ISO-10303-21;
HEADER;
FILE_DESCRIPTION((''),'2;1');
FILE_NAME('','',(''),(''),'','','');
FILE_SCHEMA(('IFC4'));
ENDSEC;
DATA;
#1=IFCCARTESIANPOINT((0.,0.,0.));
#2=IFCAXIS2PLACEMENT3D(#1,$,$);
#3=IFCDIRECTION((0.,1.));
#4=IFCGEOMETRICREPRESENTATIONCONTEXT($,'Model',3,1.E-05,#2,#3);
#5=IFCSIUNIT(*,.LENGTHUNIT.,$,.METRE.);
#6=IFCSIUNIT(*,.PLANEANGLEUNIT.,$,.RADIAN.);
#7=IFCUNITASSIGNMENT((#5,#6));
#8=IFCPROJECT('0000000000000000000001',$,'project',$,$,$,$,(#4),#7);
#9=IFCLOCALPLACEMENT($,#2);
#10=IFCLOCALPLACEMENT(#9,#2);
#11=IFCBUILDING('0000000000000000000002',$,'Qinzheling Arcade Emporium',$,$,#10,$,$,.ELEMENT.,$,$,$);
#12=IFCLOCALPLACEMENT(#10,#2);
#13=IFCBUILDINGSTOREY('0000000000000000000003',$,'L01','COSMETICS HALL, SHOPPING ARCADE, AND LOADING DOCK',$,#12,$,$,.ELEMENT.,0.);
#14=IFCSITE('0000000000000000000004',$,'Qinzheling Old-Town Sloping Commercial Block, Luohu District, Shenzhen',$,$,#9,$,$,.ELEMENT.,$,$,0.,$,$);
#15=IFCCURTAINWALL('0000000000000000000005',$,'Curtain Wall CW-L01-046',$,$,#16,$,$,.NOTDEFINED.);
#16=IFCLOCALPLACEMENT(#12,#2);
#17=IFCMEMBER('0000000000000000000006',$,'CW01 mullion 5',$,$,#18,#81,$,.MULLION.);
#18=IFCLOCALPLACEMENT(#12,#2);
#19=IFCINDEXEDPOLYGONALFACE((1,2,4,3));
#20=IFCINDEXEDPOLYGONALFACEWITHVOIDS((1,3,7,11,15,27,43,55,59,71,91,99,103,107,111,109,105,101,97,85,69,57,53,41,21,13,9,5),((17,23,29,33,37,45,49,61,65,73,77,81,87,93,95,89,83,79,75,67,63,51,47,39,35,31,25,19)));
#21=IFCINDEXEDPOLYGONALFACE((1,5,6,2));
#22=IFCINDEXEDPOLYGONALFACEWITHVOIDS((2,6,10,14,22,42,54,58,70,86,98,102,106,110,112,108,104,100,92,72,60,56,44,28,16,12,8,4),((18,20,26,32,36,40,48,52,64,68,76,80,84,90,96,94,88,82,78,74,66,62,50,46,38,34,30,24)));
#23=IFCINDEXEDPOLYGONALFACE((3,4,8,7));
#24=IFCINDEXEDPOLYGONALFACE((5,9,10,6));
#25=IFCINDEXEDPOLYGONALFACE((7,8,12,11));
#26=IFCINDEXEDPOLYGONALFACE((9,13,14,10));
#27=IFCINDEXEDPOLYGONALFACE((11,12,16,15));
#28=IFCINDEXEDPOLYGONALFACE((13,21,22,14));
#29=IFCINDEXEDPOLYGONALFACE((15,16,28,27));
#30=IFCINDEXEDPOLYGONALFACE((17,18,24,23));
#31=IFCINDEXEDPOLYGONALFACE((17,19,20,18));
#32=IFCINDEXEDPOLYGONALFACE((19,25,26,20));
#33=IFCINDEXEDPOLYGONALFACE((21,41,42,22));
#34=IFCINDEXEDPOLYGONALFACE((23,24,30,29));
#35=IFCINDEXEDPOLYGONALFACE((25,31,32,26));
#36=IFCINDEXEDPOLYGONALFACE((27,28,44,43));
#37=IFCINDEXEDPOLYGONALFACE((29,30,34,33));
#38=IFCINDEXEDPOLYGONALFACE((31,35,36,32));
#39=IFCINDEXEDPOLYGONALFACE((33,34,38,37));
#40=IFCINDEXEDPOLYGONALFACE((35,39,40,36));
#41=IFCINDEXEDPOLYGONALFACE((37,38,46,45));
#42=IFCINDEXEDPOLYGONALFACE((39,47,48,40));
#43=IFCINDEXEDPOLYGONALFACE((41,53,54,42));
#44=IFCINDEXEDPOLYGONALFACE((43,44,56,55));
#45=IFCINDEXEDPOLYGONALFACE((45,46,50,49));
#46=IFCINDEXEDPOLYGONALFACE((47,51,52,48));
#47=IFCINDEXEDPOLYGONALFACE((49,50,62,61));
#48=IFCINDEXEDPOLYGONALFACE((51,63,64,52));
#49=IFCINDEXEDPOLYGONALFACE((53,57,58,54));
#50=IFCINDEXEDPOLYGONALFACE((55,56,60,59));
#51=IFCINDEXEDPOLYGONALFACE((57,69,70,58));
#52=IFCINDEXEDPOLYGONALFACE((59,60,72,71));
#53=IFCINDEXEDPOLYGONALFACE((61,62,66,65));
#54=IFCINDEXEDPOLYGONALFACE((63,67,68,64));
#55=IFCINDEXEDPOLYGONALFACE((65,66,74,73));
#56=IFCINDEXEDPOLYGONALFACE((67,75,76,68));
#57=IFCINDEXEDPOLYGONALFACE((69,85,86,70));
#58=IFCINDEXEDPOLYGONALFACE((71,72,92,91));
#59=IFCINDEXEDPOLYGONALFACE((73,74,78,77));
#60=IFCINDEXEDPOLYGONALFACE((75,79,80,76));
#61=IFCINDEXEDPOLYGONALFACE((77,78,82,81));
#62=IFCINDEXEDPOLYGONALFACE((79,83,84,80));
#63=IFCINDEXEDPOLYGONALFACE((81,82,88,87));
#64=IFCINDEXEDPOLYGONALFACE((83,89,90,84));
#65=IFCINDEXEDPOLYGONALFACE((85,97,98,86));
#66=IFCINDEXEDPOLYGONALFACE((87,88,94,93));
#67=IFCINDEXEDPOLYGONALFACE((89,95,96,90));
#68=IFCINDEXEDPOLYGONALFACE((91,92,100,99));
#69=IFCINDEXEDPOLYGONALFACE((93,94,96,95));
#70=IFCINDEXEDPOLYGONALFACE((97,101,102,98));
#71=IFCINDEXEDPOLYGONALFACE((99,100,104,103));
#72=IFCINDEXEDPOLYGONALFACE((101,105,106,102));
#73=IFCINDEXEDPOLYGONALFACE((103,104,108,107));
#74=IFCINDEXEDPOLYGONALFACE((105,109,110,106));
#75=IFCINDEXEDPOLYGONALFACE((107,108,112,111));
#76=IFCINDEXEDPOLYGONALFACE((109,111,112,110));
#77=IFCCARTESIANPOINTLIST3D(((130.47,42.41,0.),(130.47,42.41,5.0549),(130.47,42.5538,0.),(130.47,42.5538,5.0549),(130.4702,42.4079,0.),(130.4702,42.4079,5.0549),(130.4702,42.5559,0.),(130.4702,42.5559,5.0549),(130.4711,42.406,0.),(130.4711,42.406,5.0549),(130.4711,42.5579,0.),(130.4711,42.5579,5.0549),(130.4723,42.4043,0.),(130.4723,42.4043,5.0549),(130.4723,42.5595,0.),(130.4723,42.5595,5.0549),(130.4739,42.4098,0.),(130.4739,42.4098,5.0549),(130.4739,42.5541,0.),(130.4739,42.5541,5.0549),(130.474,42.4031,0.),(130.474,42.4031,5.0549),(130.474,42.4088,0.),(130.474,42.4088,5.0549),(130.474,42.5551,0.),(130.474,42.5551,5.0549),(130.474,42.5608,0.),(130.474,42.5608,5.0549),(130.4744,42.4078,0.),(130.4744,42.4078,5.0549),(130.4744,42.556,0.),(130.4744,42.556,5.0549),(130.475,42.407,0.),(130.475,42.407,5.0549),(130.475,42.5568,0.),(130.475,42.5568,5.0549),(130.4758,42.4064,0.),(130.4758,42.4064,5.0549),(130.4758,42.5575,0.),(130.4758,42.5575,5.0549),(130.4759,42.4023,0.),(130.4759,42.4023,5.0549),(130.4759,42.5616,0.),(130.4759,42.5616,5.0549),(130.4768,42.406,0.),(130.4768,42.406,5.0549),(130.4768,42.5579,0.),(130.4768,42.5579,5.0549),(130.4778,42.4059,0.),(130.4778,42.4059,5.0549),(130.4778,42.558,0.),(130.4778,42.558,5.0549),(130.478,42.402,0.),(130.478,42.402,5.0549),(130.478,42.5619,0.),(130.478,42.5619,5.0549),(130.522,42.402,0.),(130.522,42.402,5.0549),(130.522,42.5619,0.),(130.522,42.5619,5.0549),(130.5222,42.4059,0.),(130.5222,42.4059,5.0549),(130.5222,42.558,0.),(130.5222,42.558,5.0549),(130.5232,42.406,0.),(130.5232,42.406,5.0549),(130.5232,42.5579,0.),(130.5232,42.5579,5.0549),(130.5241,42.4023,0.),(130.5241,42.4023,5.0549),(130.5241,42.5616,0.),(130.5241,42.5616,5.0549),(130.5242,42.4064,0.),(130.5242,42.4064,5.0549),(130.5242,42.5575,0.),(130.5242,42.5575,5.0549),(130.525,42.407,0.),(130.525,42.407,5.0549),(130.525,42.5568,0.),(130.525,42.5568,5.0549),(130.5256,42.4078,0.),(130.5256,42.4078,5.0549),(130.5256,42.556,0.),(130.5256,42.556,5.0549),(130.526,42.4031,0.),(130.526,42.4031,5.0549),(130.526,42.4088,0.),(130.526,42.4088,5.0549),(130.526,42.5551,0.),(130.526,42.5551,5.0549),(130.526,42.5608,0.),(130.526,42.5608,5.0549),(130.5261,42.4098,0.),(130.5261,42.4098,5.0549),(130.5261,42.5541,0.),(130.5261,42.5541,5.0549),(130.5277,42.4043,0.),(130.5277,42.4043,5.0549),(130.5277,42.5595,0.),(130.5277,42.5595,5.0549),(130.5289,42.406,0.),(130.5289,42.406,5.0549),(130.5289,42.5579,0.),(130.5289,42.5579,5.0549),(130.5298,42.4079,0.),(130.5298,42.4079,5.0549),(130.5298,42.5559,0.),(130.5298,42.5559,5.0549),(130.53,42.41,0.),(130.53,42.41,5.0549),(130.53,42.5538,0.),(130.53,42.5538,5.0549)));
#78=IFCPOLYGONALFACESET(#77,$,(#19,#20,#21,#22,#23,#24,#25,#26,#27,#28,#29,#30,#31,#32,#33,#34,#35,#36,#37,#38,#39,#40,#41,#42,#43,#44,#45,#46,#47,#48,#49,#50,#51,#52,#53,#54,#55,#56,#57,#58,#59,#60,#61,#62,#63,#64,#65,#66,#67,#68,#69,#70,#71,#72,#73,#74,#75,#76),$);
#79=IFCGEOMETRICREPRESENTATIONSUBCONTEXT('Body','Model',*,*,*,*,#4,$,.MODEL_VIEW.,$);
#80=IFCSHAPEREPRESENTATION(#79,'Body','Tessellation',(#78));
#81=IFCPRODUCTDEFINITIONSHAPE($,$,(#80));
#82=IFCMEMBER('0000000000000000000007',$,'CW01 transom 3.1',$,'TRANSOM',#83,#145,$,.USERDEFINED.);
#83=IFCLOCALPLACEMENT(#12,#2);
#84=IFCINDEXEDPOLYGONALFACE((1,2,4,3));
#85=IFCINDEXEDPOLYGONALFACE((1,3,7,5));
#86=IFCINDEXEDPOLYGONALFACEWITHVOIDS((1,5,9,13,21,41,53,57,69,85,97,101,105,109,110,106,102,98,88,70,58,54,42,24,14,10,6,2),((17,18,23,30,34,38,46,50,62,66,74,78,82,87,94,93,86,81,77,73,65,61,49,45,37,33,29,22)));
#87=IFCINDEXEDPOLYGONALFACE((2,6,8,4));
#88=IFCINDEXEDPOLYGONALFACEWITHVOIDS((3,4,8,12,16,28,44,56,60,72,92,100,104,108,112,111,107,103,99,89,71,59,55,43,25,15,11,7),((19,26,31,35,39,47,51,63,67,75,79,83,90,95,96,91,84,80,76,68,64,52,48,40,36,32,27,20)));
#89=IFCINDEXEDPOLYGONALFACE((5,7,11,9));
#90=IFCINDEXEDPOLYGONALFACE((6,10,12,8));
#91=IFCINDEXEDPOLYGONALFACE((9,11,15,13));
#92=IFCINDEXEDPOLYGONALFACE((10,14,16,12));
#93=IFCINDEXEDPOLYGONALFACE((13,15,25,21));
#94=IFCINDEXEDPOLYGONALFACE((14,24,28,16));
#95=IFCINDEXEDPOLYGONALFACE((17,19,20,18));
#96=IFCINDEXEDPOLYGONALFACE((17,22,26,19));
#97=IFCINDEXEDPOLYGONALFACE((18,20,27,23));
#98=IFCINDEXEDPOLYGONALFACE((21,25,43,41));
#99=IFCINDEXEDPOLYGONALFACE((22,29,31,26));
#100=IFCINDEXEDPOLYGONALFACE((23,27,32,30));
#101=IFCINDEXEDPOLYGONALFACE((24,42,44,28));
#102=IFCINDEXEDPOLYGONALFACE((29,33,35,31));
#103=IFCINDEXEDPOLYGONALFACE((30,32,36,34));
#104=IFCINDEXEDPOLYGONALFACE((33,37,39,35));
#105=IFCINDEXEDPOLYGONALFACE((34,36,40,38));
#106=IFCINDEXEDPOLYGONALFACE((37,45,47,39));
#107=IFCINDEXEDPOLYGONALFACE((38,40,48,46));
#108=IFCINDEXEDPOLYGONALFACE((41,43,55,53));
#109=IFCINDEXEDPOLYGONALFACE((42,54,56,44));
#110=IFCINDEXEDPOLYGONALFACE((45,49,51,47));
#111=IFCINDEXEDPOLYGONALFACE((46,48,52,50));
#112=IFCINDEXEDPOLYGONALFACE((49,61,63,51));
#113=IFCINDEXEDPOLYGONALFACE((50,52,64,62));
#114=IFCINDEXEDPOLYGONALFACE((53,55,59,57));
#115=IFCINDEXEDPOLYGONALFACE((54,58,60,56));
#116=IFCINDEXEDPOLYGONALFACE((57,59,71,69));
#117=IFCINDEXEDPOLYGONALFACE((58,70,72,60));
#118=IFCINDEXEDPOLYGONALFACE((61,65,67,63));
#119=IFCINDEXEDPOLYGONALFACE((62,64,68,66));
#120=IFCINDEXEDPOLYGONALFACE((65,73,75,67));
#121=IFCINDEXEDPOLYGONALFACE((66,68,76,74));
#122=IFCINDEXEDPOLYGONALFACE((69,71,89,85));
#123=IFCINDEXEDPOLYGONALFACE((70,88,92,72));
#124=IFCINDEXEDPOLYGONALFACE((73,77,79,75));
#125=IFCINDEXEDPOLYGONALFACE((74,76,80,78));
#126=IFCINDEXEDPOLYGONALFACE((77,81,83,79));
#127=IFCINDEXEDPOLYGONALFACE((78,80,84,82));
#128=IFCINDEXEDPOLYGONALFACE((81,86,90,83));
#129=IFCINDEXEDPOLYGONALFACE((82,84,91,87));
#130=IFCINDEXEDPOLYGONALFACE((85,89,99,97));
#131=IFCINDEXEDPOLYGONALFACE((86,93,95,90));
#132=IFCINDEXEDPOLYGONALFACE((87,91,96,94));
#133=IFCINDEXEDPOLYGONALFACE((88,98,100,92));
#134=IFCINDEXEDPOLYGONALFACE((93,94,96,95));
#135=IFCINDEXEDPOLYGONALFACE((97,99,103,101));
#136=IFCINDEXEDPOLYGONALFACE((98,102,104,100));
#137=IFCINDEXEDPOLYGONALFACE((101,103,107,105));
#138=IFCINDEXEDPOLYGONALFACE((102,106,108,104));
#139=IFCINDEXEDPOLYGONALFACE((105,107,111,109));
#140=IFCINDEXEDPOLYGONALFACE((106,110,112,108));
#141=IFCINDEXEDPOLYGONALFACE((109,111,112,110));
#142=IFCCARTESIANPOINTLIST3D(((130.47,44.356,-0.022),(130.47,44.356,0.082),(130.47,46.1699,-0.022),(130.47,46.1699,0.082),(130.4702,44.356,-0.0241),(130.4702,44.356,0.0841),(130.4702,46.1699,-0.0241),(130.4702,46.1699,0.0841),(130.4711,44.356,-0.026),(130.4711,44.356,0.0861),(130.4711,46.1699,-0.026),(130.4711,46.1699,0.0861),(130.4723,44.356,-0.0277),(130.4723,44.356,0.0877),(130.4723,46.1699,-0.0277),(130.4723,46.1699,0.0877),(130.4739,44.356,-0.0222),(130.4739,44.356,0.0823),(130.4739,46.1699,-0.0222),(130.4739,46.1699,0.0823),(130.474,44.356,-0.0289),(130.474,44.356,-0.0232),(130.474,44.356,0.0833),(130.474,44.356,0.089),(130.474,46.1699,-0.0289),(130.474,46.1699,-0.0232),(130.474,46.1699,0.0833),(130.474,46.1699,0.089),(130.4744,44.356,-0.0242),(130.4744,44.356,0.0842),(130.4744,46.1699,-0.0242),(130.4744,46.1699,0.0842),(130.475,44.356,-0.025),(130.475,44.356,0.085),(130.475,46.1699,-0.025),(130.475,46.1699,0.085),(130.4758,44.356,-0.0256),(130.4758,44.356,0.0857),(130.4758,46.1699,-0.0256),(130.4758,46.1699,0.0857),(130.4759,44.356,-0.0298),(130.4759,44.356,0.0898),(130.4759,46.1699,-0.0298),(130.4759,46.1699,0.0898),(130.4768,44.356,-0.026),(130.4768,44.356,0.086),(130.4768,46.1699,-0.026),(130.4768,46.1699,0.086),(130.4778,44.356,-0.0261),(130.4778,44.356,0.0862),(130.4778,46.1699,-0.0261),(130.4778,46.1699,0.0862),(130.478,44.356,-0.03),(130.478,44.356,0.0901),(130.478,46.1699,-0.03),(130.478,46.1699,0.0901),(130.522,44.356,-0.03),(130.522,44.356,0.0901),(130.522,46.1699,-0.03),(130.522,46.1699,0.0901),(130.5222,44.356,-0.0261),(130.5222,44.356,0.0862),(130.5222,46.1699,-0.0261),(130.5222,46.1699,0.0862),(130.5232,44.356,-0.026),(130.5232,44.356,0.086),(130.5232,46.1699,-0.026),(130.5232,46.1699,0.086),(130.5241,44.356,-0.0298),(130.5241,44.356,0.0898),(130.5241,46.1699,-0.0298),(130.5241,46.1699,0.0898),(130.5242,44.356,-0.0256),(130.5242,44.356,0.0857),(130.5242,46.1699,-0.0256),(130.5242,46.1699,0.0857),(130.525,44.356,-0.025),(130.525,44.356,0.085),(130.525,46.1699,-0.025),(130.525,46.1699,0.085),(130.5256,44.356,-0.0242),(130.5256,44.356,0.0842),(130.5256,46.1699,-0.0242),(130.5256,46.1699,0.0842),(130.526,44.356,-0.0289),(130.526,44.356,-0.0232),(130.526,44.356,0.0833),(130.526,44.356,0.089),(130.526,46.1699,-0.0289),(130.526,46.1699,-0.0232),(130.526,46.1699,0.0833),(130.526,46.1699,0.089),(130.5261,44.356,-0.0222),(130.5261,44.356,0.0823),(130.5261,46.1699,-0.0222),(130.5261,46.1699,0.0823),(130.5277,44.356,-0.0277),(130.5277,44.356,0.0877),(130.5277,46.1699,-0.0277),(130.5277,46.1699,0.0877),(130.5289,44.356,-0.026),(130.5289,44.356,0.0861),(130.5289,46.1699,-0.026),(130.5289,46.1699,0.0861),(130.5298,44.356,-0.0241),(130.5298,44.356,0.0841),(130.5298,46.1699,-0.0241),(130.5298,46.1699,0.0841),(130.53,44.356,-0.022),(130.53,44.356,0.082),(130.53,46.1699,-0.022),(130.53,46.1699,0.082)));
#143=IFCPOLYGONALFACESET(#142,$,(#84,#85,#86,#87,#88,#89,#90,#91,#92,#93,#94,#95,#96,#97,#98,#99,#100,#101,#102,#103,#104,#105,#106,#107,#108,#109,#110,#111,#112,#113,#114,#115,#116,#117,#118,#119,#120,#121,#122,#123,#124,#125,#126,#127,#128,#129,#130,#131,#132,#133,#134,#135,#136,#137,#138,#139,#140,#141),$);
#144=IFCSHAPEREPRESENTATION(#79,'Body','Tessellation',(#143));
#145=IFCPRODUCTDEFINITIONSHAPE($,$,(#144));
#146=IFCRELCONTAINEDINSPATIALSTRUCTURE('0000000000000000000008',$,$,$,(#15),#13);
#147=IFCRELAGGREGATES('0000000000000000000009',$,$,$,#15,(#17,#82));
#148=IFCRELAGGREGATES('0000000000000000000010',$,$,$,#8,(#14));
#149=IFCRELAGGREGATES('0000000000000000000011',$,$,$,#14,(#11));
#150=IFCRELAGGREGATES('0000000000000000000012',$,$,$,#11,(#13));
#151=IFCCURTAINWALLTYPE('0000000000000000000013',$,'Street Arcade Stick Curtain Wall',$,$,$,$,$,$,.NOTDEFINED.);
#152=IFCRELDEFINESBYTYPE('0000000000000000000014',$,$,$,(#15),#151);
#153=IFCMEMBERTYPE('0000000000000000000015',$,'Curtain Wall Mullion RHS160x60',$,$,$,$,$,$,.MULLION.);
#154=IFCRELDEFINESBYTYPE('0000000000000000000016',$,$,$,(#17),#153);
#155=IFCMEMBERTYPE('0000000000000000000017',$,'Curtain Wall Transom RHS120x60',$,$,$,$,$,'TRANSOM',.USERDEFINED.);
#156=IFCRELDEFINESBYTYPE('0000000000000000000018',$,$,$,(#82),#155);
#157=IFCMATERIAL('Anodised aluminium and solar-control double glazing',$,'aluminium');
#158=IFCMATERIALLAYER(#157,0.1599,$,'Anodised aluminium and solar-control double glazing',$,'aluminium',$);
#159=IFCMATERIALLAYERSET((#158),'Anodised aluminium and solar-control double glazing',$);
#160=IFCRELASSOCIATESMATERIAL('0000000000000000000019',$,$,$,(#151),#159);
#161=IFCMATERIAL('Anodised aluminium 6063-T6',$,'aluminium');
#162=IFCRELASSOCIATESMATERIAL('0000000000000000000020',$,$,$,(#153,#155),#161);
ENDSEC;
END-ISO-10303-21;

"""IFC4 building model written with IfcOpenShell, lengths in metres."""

from ifc_helpers import new_model, si_unit, direction, frame, origin, origin_2d, place, context, subcontext, project, spatial, hollow_rectangle, extrude, material, layer, layer_set, material_profile, profile_set, type_object, element, aggregate, save


model = new_model("IFC4")

# Units and contexts
model_context = context("Model", 3, precision=1e-05, world=origin(), true_north=direction((0.0, 1.0)))
body_context = subcontext(model_context, "Body", "Model", "MODEL_VIEW")
ifc_project = project(units=[si_unit("LENGTHUNIT", "METRE"), si_unit("PLANEANGLEUNIT", "RADIAN")], contexts=[model_context])

# Site, building, storey
site_placement = place(None, origin())
site = spatial("IfcSite", under=ifc_project, at=site_placement, Name="Qinzheling Old-Town Sloping Commercial Block, Luohu District, Shenzhen", CompositionType="ELEMENT", RefElevation=0.0)
building_placement = place(site_placement, origin())
building = spatial("IfcBuilding", under=site, at=building_placement, Name="Qinzheling Arcade Emporium", CompositionType="ELEMENT")
storey_placement = place(building_placement, origin())
storey = spatial("IfcBuildingStorey", under=building, at=storey_placement, Name="L01", Description="COSMETICS HALL, SHOPPING ARCADE, AND LOADING DOCK", CompositionType="ELEMENT", Elevation=0.0)

# Curtain wall, members
ifc_material_1 = material(Name="Anodised aluminium and solar-control double glazing", Category="aluminium")
ifc_layer_1 = layer(ifc_material_1, 0.1599, Name="Anodised aluminium and solar-control double glazing", Category="aluminium")
ifc_layer_set_1 = layer_set([ifc_layer_1], Name="Anodised aluminium and solar-control double glazing")
curtain_wall_type = type_object("IfcCurtainWallType", Name="Street Arcade Stick Curtain Wall", PredefinedType="NOTDEFINED", material=ifc_layer_set_1)
curtain_wall_placement = place(storey_placement, origin())
curtain_wall = element("IfcCurtainWall", 1, at=curtain_wall_placement, inside=storey, type_object=curtain_wall_type, Name="Curtain Wall CW-L01-046", PredefinedType="NOTDEFINED")
ifc_material_2 = material(Name="Anodised aluminium 6063-T6", Category="aluminium")
ifc_material_profile_1 = material_profile(ifc_material_2, hollow_rectangle(XDim=0.0601, YDim=0.1599, WallThickness=0.0039, InnerFilletRadius=0.0039, OuterFilletRadius=0.0081, at=origin_2d()), Name="RHS 160x60x4", Category="aluminium")
ifc_profile_set_1 = profile_set([ifc_material_profile_1], Name="Anodised aluminium 6063-T6")
member_type_1 = type_object("IfcMemberType", Name="Curtain Wall Mullion RHS160x60", PredefinedType="MULLION", material=ifc_profile_set_1)
member_1_placement = place(storey_placement, frame((130.5, 42.4819, 0.0), z_axis=(0.0, 0.0, 1.0), x_axis=(1.0, 0.0, 0.0)))
member_1 = element("IfcMember", 2, at=member_1_placement, type_object=member_type_1, Name="CW01 mullion 5", PredefinedType="MULLION", context=body_context, shape_type="SweptSolid", body=[
    extrude(hollow_rectangle(XDim=0.0601, YDim=0.1599, WallThickness=0.0039, InnerFilletRadius=0.0039, OuterFilletRadius=0.0081, at=origin_2d()), origin(), (0.0, 0.0, 1.0), 5.0549),
])
ifc_material_profile_2 = material_profile(ifc_material_2, hollow_rectangle(XDim=0.0601, YDim=0.1201, WallThickness=0.0039, InnerFilletRadius=0.0039, OuterFilletRadius=0.0081, at=origin_2d()), Name="RHS 120x60x4", Category="aluminium")
ifc_profile_set_2 = profile_set([ifc_material_profile_2], Name="Anodised aluminium 6063-T6")
member_type_2 = type_object("IfcMemberType", Name="Curtain Wall Transom RHS120x60", ElementType="TRANSOM", PredefinedType="USERDEFINED", material=ifc_profile_set_2)
member_2_placement = place(storey_placement, frame((130.5, 46.1699, 0.03), z_axis=(0.0, -1.0, 0.0), x_axis=(1.0, 0.0, 0.0)))
member_2 = element("IfcMember", 3, at=member_2_placement, type_object=member_type_2, Name="CW01 transom 3.1", ObjectType="TRANSOM", PredefinedType="USERDEFINED", context=body_context, shape_type="SweptSolid", body=[
    extrude(hollow_rectangle(XDim=0.0601, YDim=0.1201, WallThickness=0.0039, InnerFilletRadius=0.0039, OuterFilletRadius=0.0081, at=origin_2d()), origin(), (0.0, 0.0, 1.0), 1.814),
])

aggregate(curtain_wall, [member_1, member_2])

save(model, "model.ifc")
